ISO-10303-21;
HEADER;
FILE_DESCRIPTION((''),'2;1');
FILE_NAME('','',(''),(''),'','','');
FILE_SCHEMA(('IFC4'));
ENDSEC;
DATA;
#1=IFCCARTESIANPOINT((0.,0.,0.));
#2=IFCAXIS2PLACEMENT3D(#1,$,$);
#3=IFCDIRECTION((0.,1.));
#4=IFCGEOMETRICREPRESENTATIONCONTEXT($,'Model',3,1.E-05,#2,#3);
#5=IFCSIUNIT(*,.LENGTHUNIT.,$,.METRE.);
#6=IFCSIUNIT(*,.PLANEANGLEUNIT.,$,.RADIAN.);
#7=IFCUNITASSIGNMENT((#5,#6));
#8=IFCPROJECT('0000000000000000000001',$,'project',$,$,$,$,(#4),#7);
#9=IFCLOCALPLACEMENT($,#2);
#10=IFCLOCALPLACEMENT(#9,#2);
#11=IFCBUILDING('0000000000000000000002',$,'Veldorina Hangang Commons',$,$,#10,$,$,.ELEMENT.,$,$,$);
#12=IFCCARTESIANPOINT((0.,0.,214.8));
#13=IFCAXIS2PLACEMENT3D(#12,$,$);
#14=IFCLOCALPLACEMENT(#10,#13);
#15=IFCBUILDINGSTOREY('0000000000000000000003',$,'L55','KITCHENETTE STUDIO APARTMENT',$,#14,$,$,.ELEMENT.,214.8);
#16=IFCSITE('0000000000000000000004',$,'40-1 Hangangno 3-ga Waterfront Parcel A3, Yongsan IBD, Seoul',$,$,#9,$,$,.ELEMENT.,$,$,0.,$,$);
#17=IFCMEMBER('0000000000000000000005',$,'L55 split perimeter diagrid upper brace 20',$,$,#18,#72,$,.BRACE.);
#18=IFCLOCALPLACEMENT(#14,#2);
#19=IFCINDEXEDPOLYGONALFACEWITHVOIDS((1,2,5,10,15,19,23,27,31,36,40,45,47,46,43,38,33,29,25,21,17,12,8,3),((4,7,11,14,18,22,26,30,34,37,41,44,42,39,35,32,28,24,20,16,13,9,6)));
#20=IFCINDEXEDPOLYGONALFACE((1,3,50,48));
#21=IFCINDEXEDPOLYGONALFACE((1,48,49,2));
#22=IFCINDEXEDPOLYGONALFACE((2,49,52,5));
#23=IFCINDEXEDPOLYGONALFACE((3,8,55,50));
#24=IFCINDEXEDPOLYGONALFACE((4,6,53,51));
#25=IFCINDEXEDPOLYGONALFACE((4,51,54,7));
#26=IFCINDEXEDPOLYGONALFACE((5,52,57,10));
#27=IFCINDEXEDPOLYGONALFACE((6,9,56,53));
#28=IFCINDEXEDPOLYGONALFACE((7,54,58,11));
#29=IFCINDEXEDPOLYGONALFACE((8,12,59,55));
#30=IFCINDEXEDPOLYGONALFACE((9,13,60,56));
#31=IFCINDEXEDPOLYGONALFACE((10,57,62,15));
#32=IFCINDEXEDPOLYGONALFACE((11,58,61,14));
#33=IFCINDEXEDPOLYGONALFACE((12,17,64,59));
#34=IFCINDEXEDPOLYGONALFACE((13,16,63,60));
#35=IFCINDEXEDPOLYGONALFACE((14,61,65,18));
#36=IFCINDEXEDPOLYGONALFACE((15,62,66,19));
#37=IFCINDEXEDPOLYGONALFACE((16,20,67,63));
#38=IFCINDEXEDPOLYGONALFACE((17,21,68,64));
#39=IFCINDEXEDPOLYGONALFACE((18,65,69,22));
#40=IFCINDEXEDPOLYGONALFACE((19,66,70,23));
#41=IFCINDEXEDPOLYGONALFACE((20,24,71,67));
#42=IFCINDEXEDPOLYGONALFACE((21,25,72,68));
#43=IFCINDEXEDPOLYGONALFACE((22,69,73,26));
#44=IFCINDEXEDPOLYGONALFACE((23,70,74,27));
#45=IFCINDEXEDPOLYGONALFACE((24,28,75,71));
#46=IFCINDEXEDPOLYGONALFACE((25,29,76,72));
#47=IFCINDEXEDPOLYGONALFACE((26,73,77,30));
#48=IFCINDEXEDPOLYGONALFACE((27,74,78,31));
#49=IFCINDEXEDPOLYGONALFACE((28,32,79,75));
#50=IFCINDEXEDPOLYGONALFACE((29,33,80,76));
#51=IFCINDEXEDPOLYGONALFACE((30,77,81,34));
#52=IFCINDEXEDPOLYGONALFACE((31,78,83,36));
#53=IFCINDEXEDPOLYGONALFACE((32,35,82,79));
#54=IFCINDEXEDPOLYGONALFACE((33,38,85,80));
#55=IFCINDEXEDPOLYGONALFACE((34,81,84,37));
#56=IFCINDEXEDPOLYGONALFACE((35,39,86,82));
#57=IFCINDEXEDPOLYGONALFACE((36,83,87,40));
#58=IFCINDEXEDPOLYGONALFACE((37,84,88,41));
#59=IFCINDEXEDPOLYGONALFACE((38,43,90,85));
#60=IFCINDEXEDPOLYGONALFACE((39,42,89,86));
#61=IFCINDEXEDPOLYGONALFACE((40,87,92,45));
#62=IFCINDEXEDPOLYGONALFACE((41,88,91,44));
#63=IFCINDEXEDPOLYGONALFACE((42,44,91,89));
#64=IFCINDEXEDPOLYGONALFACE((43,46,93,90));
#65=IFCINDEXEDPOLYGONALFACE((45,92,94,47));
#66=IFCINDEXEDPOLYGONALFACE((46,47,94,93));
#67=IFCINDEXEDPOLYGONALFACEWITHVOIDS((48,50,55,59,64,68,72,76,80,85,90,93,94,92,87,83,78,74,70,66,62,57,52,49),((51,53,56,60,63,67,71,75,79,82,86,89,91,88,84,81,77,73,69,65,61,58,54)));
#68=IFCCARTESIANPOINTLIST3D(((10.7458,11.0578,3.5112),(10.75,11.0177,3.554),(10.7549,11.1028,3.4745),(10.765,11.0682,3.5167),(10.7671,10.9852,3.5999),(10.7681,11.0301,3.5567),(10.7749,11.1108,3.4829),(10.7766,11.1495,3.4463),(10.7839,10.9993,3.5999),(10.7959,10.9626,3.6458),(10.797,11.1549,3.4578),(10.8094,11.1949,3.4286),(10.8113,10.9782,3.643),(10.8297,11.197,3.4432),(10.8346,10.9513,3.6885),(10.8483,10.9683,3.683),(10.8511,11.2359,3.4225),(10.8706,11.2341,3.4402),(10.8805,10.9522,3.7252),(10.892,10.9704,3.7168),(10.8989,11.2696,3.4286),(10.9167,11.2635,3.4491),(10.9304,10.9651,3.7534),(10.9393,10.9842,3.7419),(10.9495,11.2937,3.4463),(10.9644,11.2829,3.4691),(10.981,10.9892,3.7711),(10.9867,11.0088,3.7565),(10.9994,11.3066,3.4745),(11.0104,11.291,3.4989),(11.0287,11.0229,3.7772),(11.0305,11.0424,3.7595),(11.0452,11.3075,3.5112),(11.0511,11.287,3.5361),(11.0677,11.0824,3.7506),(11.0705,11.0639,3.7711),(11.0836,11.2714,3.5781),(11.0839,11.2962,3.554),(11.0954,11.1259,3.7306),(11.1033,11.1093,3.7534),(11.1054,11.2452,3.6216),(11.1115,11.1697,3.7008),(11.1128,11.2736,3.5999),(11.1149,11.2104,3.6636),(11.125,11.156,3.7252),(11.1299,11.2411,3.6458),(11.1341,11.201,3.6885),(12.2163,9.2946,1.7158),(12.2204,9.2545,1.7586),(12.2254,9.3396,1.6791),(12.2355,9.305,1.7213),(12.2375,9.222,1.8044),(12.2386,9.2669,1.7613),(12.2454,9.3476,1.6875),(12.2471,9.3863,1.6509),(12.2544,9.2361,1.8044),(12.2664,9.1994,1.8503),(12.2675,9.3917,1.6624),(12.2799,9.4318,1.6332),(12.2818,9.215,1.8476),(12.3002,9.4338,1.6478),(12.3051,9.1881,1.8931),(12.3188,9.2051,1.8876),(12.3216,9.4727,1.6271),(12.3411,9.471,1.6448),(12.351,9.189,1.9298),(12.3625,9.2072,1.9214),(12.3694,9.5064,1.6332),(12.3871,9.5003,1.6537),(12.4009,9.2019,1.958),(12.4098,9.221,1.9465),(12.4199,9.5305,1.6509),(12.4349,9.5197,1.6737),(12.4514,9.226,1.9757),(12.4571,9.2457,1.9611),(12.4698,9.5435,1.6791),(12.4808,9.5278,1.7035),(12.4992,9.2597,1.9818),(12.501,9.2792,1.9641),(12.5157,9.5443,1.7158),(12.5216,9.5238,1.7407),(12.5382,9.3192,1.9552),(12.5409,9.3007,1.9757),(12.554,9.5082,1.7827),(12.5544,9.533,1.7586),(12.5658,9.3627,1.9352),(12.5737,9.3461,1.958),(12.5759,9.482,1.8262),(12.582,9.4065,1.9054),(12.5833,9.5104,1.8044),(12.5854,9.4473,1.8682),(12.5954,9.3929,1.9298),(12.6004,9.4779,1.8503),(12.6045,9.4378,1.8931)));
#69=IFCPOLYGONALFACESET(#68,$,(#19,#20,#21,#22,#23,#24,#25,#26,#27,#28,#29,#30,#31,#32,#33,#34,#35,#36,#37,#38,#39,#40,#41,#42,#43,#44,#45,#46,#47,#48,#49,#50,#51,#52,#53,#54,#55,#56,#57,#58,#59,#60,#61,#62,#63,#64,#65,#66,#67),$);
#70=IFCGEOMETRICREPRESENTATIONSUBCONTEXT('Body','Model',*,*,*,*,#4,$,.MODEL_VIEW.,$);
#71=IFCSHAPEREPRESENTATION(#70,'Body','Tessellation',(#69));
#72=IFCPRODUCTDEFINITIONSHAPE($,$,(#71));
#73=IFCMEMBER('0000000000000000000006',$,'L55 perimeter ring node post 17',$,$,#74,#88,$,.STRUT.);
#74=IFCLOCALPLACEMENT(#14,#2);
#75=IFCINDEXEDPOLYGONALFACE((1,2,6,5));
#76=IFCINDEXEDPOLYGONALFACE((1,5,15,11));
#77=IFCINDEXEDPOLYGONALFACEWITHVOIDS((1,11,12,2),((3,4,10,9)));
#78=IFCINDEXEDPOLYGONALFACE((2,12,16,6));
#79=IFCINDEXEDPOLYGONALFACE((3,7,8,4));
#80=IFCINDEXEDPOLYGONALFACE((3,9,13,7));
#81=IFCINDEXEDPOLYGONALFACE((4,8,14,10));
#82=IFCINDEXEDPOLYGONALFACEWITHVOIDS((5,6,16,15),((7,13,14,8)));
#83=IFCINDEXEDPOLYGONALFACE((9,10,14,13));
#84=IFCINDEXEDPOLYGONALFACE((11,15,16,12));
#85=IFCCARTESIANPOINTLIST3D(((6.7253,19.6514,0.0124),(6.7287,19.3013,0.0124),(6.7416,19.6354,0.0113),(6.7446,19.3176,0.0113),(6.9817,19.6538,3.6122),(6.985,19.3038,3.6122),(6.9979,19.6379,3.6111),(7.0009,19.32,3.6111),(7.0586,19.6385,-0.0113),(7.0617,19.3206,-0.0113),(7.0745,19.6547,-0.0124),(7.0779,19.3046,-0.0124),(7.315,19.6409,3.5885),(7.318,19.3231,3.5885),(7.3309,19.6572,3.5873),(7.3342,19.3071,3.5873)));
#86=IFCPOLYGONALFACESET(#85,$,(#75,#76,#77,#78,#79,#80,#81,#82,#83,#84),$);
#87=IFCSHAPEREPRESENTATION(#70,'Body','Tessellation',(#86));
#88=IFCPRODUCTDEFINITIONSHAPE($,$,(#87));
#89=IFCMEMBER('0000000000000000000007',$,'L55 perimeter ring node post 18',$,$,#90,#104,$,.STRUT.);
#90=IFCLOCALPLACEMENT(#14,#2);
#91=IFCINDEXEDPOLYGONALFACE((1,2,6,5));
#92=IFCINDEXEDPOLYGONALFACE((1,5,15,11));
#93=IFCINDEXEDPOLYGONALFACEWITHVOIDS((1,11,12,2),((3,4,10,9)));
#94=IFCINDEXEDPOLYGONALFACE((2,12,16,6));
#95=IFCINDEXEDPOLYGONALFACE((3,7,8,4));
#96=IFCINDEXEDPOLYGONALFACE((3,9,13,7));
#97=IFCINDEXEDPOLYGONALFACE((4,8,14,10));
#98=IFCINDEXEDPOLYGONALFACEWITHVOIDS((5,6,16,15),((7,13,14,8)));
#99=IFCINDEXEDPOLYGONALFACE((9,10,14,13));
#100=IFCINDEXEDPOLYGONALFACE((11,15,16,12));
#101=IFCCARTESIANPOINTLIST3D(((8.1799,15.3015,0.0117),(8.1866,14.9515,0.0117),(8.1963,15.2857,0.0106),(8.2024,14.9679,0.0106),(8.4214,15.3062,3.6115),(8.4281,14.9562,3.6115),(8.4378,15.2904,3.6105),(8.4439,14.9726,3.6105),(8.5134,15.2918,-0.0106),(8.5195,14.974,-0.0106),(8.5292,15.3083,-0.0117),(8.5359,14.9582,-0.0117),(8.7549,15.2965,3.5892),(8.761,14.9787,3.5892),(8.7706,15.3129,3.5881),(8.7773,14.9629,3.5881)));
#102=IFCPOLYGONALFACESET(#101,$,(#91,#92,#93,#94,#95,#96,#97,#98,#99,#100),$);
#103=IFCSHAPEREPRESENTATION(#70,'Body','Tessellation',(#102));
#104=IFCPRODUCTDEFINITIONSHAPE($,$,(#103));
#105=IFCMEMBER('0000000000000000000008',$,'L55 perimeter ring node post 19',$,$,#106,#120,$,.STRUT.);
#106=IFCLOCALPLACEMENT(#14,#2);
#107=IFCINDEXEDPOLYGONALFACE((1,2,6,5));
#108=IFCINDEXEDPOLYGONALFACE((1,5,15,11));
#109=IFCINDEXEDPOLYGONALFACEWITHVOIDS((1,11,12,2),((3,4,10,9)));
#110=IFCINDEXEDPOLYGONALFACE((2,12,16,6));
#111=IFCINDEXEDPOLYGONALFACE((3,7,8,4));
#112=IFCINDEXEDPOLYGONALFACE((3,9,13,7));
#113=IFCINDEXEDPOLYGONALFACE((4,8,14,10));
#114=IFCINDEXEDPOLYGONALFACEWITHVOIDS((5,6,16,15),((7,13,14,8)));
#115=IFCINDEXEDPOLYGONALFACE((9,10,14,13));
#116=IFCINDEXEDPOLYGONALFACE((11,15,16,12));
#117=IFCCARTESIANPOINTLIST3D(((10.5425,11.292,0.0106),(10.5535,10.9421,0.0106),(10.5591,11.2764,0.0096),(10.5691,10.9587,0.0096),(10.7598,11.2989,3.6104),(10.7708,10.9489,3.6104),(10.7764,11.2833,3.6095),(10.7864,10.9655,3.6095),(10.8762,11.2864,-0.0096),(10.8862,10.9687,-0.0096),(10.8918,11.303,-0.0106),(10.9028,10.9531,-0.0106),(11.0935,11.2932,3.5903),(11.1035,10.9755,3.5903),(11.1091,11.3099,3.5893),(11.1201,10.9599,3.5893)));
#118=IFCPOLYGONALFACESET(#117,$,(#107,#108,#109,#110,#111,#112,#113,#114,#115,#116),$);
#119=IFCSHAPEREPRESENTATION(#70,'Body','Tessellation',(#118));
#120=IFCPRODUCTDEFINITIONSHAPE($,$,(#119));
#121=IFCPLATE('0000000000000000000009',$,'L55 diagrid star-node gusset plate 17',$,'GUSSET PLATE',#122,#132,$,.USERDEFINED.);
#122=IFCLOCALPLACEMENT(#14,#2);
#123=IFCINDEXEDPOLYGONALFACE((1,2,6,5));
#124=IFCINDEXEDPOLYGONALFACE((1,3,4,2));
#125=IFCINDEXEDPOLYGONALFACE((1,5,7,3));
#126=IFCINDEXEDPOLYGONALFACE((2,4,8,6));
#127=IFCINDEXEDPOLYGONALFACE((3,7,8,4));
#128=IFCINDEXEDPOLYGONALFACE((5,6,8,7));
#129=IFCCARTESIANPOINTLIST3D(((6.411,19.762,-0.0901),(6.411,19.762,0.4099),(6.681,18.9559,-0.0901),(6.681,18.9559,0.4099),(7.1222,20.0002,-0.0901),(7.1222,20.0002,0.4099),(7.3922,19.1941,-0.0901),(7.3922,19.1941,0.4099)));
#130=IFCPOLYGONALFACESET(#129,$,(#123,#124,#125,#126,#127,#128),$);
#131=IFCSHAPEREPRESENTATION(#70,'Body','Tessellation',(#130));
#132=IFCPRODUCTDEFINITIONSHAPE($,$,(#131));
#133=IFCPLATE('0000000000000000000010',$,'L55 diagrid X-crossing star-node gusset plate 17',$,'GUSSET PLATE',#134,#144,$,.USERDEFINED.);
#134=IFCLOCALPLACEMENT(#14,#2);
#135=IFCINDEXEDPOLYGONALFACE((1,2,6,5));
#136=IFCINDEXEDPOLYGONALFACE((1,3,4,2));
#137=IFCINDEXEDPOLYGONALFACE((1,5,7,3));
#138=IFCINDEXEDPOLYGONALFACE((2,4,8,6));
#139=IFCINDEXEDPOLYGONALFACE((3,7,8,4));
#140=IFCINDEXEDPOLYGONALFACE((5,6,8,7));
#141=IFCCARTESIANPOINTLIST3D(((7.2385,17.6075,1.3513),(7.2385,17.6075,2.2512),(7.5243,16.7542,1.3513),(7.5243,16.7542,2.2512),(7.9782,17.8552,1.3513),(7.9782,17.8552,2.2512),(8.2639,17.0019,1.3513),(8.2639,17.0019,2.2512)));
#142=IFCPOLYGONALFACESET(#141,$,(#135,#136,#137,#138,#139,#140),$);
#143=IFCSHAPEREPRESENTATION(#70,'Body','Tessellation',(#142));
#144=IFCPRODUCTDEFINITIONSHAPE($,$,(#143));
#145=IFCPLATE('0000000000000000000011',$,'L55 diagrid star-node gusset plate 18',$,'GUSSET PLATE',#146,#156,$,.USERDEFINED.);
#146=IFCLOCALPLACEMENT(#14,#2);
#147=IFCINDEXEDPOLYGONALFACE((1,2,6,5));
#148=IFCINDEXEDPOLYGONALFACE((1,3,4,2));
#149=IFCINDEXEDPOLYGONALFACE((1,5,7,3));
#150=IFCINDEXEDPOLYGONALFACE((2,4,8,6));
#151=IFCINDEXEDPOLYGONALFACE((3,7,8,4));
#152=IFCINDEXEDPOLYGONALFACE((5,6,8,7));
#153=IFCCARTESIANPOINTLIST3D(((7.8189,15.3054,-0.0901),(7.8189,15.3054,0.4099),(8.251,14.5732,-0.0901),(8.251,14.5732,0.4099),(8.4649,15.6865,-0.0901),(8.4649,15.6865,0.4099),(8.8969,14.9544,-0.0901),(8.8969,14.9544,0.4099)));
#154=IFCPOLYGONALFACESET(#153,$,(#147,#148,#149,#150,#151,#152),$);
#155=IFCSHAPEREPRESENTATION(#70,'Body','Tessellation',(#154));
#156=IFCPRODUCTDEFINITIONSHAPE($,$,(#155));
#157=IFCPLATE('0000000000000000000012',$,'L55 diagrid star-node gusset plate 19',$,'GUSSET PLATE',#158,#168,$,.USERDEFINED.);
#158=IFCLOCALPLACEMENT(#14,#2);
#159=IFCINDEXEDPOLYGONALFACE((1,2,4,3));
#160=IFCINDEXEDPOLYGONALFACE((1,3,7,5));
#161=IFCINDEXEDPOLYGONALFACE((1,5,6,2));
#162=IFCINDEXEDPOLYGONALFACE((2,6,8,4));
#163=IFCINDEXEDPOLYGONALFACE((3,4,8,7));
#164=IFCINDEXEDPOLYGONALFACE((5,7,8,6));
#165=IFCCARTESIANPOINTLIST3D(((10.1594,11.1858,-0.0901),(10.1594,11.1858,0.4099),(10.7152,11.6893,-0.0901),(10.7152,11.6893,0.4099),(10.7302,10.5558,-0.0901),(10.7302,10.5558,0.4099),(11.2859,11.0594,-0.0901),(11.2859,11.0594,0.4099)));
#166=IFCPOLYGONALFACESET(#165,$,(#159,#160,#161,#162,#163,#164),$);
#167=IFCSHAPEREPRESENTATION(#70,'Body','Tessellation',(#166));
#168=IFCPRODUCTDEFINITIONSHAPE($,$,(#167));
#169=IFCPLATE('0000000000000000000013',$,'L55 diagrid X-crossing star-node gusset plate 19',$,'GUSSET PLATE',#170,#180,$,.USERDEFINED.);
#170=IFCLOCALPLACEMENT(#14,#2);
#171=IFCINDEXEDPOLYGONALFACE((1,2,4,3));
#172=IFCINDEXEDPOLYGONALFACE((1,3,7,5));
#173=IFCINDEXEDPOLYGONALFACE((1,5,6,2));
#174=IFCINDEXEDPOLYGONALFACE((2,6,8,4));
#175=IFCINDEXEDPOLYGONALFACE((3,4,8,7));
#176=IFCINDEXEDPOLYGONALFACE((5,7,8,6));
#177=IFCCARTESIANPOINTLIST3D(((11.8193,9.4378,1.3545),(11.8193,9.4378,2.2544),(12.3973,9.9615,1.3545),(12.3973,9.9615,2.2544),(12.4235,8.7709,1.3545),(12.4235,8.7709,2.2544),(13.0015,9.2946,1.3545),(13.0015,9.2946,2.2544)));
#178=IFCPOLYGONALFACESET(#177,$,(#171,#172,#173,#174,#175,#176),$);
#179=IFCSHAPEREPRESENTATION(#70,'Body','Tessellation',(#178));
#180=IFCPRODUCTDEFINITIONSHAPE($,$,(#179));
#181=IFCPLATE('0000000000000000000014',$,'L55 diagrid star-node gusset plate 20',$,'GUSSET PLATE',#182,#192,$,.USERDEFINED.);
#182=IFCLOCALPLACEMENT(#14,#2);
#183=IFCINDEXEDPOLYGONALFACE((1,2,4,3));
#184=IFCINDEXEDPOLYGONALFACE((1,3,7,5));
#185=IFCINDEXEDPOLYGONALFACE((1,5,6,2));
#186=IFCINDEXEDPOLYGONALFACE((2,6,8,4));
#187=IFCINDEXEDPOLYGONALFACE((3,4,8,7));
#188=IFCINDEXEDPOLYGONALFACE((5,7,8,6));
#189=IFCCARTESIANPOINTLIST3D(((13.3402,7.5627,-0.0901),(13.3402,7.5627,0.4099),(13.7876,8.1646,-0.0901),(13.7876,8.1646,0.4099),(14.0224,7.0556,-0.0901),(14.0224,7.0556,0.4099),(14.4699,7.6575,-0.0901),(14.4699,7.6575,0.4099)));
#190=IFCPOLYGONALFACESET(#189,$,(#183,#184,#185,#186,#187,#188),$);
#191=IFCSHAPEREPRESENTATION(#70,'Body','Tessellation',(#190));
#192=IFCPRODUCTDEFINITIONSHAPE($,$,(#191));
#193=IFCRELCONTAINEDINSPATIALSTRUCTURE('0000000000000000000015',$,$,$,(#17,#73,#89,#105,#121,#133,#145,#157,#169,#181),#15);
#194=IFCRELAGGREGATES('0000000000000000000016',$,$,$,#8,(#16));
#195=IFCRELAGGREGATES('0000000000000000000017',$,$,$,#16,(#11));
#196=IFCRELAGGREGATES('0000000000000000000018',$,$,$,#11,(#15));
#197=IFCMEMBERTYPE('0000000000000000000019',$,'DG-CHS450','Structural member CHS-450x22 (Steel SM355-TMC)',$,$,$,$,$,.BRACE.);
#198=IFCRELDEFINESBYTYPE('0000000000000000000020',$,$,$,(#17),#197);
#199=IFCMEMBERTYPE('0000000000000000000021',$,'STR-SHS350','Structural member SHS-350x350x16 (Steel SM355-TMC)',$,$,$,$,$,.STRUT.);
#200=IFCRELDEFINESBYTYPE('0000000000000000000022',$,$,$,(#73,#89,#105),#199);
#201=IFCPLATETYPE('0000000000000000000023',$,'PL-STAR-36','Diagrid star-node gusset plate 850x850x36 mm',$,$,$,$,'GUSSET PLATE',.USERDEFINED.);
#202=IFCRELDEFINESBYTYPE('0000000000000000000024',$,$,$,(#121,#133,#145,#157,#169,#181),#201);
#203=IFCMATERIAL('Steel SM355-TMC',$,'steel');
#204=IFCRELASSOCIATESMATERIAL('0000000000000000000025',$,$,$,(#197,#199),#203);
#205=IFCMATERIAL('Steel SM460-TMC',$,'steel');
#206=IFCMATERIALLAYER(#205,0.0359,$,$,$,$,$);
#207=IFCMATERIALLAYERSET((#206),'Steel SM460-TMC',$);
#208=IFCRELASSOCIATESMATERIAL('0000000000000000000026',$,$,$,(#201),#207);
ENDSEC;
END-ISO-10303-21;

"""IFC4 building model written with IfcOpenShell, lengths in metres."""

from ifc_helpers import new_model, si_unit, direction, frame, origin, origin_2d, place, context, subcontext, project, spatial, rectangle, hollow_rectangle, hollow_circle, extrude, material, layer, layer_set, material_profile, profile_set, type_object, element, save


model = new_model("IFC4")

# Units and contexts
model_context = context("Model", 3, precision=1e-05, world=origin(), true_north=direction((0.0, 1.0)))
body_context = subcontext(model_context, "Body", "Model", "MODEL_VIEW")
ifc_project = project(units=[si_unit("LENGTHUNIT", "METRE"), si_unit("PLANEANGLEUNIT", "RADIAN")], contexts=[model_context])

# Site, building, storey
site_placement = place(None, origin())
site = spatial("IfcSite", under=ifc_project, at=site_placement, Name="40-1 Hangangno 3-ga Waterfront Parcel A3, Yongsan IBD, Seoul", CompositionType="ELEMENT", RefElevation=0.0)
building_placement = place(site_placement, origin())
building = spatial("IfcBuilding", under=site, at=building_placement, Name="Veldorina Hangang Commons", CompositionType="ELEMENT")
storey_placement = place(building_placement, frame((0.0, 0.0, 214.8)))
storey = spatial("IfcBuildingStorey", under=building, at=storey_placement, Name="L55", Description="KITCHENETTE STUDIO APARTMENT", CompositionType="ELEMENT", Elevation=214.8)

# Shared definitions
ifc_material_1 = material(Name="Steel SM355-TMC", Category="steel")

# Members
ifc_material_profile_1 = material_profile(ifc_material_1, hollow_circle(Radius=0.2251, WallThickness=0.022, at=origin_2d()), Name="CHS-450x22")
ifc_profile_set_1 = profile_set([ifc_material_profile_1], Name="Steel SM355-TMC")
member_type_1 = type_object("IfcMemberType", Name="DG-CHS450", Description="Structural member CHS-450x22 (Steel SM355-TMC)", PredefinedType="BRACE", material=ifc_profile_set_1)
member_1_placement = place(storey_placement, frame((12.4104, 9.3662, 1.8044), z_axis=(-0.504525, 0.60496, 0.616018), x_axis=(-0.767977, -0.640477, 0.0)))
element("IfcMember", 1, at=member_1_placement, inside=storey, type_object=member_type_1, Name="L55 split perimeter diagrid upper brace 20", PredefinedType="BRACE", context=body_context, shape_type="SweptSolid", body=[
    extrude(hollow_circle(Radius=0.2251, WallThickness=0.022, at=origin_2d()), origin(), (0.0, 0.0, 1.0), 2.9146),
])
ifc_material_profile_2 = material_profile(ifc_material_1, hollow_rectangle(XDim=0.3501, YDim=0.3501, WallThickness=0.0161, at=origin_2d()), Name="SHS-350x350x16")
ifc_profile_set_2 = profile_set([ifc_material_profile_2], Name="Steel SM355-TMC")
member_type_2 = type_object("IfcMemberType", Name="STR-SHS350", Description="Structural member SHS-350x350x16 (Steel SM355-TMC)", PredefinedType="STRUT", material=ifc_profile_set_2)
member_2_placement = place(storey_placement, frame((6.9016, 19.478, 0.0), z_axis=(0.071031, 0.000676, 0.997474), x_axis=(-0.009523, 0.999955, 0.0)))
element("IfcMember", 2, at=member_2_placement, inside=storey, type_object=member_type_2, Name="L55 perimeter ring node post 17", PredefinedType="STRUT", context=body_context, shape_type="SweptSolid", body=[
    extrude(hollow_rectangle(XDim=0.3501, YDim=0.3501, WallThickness=0.0161, at=origin_2d()), origin(), (0.0, 0.0, 1.0), 3.6089),
])
member_3_placement = place(storey_placement, frame((8.3579, 15.1299, 0.0), z_axis=(0.066923, 0.001286, 0.997757), x_axis=(-0.019208, 0.999816, 0.0)))
element("IfcMember", 3, at=member_3_placement, inside=storey, type_object=member_type_2, Name="L55 perimeter ring node post 18", PredefinedType="STRUT", context=body_context, shape_type="SweptSolid", body=[
    extrude(hollow_rectangle(XDim=0.3501, YDim=0.3501, WallThickness=0.0161, at=origin_2d()), origin(), (0.0, 0.0, 1.0), 3.6079),
])
member_4_placement = place(storey_placement, frame((10.7227, 11.1226, 0.0), z_axis=(0.06025, 0.001895, 0.998182), x_axis=(-0.031445, 0.999505, 0.0)))
element("IfcMember", 4, at=member_4_placement, inside=storey, type_object=member_type_2, Name="L55 perimeter ring node post 19", PredefinedType="STRUT", context=body_context, shape_type="SweptSolid", body=[
    extrude(hollow_rectangle(XDim=0.3501, YDim=0.3501, WallThickness=0.0161, at=origin_2d()), origin(), (0.0, 0.0, 1.0), 3.6064),
])

# Plates
ifc_material_2 = material(Name="Steel SM460-TMC", Category="steel")
ifc_layer_1 = layer(ifc_material_2, 0.0359)
ifc_layer_set_1 = layer_set([ifc_layer_1], Name="Steel SM460-TMC")
plate_type = type_object("IfcPlateType", Name="PL-STAR-36", Description="Diagrid star-node gusset plate 850x850x36 mm", ElementType="GUSSET PLATE", PredefinedType="USERDEFINED", material=ifc_layer_set_1)
plate_1_placement = place(storey_placement, frame((6.9016, 19.478, -0.0901), z_axis=(0.0, 0.0, 1.0), x_axis=(0.317569, -0.948235, 0.0)))
element("IfcPlate", 5, at=plate_1_placement, inside=storey, type_object=plate_type, Name="L55 diagrid star-node gusset plate 17", ObjectType="GUSSET PLATE", PredefinedType="USERDEFINED", context=body_context, shape_type="SweptSolid", body=[
    extrude(rectangle(XDim=0.8501, YDim=0.75, at=origin_2d()), origin(), (0.0, 0.0, 1.0), 0.5),
])
plate_2_placement = place(storey_placement, frame((7.7512, 17.3047, 1.3513), z_axis=(0.0, 0.0, 1.0), x_axis=(0.317569, -0.948235, 0.0)))
element("IfcPlate", 6, at=plate_2_placement, inside=storey, type_object=plate_type, Name="L55 diagrid X-crossing star-node gusset plate 17", ObjectType="GUSSET PLATE", PredefinedType="USERDEFINED", context=body_context, shape_type="SweptSolid", body=[
    extrude(rectangle(XDim=0.8999, YDim=0.78, at=origin_2d()), origin(), (0.0, 0.0, 1.0), 0.8999),
])
for number, where, z_axis, x_axis, name in (
    (7, (8.3579, 15.1299, -0.0901), (0.0, 0.0, 1.0), (0.508215, -0.86123, 0.0), "L55 diagrid star-node gusset plate 18"),
    (8, (10.7227, 11.1226, -0.0901), (0.0, 0.0, 1.0), (0.671436, -0.741062, 0.0), "L55 diagrid star-node gusset plate 19"),
):
    element("IfcPlate", number, at=place(storey_placement, frame(where, z_axis=z_axis, x_axis=x_axis)), inside=storey, type_object=plate_type, Name=name, ObjectType="GUSSET PLATE", PredefinedType="USERDEFINED", context=body_context, shape_type="SweptSolid", body=[
        extrude(rectangle(XDim=0.8501, YDim=0.75, at=origin_2d()), origin(), (0.0, 0.0, 1.0), 0.5),
    ])
plate_3_placement = place(storey_placement, frame((12.4104, 9.3662, 1.3545), z_axis=(0.0, 0.0, 1.0), x_axis=(0.671436, -0.741062, 0.0)))
element("IfcPlate", 9, at=plate_3_placement, inside=storey, type_object=plate_type, Name="L55 diagrid X-crossing star-node gusset plate 19", ObjectType="GUSSET PLATE", PredefinedType="USERDEFINED", context=body_context, shape_type="SweptSolid", body=[
    extrude(rectangle(XDim=0.8999, YDim=0.78, at=origin_2d()), origin(), (0.0, 0.0, 1.0), 0.8999),
])
plate_4_placement = place(storey_placement, frame((13.905, 7.6101, -0.0901), z_axis=(0.0, 0.0, 1.0), x_axis=(0.802557, -0.596575, 0.0)))
element("IfcPlate", 10, at=plate_4_placement, inside=storey, type_object=plate_type, Name="L55 diagrid star-node gusset plate 20", ObjectType="GUSSET PLATE", PredefinedType="USERDEFINED", context=body_context, shape_type="SweptSolid", body=[
    extrude(rectangle(XDim=0.8501, YDim=0.75, at=origin_2d()), origin(), (0.0, 0.0, 1.0), 0.5),
])

save(model, "model.ifc")
